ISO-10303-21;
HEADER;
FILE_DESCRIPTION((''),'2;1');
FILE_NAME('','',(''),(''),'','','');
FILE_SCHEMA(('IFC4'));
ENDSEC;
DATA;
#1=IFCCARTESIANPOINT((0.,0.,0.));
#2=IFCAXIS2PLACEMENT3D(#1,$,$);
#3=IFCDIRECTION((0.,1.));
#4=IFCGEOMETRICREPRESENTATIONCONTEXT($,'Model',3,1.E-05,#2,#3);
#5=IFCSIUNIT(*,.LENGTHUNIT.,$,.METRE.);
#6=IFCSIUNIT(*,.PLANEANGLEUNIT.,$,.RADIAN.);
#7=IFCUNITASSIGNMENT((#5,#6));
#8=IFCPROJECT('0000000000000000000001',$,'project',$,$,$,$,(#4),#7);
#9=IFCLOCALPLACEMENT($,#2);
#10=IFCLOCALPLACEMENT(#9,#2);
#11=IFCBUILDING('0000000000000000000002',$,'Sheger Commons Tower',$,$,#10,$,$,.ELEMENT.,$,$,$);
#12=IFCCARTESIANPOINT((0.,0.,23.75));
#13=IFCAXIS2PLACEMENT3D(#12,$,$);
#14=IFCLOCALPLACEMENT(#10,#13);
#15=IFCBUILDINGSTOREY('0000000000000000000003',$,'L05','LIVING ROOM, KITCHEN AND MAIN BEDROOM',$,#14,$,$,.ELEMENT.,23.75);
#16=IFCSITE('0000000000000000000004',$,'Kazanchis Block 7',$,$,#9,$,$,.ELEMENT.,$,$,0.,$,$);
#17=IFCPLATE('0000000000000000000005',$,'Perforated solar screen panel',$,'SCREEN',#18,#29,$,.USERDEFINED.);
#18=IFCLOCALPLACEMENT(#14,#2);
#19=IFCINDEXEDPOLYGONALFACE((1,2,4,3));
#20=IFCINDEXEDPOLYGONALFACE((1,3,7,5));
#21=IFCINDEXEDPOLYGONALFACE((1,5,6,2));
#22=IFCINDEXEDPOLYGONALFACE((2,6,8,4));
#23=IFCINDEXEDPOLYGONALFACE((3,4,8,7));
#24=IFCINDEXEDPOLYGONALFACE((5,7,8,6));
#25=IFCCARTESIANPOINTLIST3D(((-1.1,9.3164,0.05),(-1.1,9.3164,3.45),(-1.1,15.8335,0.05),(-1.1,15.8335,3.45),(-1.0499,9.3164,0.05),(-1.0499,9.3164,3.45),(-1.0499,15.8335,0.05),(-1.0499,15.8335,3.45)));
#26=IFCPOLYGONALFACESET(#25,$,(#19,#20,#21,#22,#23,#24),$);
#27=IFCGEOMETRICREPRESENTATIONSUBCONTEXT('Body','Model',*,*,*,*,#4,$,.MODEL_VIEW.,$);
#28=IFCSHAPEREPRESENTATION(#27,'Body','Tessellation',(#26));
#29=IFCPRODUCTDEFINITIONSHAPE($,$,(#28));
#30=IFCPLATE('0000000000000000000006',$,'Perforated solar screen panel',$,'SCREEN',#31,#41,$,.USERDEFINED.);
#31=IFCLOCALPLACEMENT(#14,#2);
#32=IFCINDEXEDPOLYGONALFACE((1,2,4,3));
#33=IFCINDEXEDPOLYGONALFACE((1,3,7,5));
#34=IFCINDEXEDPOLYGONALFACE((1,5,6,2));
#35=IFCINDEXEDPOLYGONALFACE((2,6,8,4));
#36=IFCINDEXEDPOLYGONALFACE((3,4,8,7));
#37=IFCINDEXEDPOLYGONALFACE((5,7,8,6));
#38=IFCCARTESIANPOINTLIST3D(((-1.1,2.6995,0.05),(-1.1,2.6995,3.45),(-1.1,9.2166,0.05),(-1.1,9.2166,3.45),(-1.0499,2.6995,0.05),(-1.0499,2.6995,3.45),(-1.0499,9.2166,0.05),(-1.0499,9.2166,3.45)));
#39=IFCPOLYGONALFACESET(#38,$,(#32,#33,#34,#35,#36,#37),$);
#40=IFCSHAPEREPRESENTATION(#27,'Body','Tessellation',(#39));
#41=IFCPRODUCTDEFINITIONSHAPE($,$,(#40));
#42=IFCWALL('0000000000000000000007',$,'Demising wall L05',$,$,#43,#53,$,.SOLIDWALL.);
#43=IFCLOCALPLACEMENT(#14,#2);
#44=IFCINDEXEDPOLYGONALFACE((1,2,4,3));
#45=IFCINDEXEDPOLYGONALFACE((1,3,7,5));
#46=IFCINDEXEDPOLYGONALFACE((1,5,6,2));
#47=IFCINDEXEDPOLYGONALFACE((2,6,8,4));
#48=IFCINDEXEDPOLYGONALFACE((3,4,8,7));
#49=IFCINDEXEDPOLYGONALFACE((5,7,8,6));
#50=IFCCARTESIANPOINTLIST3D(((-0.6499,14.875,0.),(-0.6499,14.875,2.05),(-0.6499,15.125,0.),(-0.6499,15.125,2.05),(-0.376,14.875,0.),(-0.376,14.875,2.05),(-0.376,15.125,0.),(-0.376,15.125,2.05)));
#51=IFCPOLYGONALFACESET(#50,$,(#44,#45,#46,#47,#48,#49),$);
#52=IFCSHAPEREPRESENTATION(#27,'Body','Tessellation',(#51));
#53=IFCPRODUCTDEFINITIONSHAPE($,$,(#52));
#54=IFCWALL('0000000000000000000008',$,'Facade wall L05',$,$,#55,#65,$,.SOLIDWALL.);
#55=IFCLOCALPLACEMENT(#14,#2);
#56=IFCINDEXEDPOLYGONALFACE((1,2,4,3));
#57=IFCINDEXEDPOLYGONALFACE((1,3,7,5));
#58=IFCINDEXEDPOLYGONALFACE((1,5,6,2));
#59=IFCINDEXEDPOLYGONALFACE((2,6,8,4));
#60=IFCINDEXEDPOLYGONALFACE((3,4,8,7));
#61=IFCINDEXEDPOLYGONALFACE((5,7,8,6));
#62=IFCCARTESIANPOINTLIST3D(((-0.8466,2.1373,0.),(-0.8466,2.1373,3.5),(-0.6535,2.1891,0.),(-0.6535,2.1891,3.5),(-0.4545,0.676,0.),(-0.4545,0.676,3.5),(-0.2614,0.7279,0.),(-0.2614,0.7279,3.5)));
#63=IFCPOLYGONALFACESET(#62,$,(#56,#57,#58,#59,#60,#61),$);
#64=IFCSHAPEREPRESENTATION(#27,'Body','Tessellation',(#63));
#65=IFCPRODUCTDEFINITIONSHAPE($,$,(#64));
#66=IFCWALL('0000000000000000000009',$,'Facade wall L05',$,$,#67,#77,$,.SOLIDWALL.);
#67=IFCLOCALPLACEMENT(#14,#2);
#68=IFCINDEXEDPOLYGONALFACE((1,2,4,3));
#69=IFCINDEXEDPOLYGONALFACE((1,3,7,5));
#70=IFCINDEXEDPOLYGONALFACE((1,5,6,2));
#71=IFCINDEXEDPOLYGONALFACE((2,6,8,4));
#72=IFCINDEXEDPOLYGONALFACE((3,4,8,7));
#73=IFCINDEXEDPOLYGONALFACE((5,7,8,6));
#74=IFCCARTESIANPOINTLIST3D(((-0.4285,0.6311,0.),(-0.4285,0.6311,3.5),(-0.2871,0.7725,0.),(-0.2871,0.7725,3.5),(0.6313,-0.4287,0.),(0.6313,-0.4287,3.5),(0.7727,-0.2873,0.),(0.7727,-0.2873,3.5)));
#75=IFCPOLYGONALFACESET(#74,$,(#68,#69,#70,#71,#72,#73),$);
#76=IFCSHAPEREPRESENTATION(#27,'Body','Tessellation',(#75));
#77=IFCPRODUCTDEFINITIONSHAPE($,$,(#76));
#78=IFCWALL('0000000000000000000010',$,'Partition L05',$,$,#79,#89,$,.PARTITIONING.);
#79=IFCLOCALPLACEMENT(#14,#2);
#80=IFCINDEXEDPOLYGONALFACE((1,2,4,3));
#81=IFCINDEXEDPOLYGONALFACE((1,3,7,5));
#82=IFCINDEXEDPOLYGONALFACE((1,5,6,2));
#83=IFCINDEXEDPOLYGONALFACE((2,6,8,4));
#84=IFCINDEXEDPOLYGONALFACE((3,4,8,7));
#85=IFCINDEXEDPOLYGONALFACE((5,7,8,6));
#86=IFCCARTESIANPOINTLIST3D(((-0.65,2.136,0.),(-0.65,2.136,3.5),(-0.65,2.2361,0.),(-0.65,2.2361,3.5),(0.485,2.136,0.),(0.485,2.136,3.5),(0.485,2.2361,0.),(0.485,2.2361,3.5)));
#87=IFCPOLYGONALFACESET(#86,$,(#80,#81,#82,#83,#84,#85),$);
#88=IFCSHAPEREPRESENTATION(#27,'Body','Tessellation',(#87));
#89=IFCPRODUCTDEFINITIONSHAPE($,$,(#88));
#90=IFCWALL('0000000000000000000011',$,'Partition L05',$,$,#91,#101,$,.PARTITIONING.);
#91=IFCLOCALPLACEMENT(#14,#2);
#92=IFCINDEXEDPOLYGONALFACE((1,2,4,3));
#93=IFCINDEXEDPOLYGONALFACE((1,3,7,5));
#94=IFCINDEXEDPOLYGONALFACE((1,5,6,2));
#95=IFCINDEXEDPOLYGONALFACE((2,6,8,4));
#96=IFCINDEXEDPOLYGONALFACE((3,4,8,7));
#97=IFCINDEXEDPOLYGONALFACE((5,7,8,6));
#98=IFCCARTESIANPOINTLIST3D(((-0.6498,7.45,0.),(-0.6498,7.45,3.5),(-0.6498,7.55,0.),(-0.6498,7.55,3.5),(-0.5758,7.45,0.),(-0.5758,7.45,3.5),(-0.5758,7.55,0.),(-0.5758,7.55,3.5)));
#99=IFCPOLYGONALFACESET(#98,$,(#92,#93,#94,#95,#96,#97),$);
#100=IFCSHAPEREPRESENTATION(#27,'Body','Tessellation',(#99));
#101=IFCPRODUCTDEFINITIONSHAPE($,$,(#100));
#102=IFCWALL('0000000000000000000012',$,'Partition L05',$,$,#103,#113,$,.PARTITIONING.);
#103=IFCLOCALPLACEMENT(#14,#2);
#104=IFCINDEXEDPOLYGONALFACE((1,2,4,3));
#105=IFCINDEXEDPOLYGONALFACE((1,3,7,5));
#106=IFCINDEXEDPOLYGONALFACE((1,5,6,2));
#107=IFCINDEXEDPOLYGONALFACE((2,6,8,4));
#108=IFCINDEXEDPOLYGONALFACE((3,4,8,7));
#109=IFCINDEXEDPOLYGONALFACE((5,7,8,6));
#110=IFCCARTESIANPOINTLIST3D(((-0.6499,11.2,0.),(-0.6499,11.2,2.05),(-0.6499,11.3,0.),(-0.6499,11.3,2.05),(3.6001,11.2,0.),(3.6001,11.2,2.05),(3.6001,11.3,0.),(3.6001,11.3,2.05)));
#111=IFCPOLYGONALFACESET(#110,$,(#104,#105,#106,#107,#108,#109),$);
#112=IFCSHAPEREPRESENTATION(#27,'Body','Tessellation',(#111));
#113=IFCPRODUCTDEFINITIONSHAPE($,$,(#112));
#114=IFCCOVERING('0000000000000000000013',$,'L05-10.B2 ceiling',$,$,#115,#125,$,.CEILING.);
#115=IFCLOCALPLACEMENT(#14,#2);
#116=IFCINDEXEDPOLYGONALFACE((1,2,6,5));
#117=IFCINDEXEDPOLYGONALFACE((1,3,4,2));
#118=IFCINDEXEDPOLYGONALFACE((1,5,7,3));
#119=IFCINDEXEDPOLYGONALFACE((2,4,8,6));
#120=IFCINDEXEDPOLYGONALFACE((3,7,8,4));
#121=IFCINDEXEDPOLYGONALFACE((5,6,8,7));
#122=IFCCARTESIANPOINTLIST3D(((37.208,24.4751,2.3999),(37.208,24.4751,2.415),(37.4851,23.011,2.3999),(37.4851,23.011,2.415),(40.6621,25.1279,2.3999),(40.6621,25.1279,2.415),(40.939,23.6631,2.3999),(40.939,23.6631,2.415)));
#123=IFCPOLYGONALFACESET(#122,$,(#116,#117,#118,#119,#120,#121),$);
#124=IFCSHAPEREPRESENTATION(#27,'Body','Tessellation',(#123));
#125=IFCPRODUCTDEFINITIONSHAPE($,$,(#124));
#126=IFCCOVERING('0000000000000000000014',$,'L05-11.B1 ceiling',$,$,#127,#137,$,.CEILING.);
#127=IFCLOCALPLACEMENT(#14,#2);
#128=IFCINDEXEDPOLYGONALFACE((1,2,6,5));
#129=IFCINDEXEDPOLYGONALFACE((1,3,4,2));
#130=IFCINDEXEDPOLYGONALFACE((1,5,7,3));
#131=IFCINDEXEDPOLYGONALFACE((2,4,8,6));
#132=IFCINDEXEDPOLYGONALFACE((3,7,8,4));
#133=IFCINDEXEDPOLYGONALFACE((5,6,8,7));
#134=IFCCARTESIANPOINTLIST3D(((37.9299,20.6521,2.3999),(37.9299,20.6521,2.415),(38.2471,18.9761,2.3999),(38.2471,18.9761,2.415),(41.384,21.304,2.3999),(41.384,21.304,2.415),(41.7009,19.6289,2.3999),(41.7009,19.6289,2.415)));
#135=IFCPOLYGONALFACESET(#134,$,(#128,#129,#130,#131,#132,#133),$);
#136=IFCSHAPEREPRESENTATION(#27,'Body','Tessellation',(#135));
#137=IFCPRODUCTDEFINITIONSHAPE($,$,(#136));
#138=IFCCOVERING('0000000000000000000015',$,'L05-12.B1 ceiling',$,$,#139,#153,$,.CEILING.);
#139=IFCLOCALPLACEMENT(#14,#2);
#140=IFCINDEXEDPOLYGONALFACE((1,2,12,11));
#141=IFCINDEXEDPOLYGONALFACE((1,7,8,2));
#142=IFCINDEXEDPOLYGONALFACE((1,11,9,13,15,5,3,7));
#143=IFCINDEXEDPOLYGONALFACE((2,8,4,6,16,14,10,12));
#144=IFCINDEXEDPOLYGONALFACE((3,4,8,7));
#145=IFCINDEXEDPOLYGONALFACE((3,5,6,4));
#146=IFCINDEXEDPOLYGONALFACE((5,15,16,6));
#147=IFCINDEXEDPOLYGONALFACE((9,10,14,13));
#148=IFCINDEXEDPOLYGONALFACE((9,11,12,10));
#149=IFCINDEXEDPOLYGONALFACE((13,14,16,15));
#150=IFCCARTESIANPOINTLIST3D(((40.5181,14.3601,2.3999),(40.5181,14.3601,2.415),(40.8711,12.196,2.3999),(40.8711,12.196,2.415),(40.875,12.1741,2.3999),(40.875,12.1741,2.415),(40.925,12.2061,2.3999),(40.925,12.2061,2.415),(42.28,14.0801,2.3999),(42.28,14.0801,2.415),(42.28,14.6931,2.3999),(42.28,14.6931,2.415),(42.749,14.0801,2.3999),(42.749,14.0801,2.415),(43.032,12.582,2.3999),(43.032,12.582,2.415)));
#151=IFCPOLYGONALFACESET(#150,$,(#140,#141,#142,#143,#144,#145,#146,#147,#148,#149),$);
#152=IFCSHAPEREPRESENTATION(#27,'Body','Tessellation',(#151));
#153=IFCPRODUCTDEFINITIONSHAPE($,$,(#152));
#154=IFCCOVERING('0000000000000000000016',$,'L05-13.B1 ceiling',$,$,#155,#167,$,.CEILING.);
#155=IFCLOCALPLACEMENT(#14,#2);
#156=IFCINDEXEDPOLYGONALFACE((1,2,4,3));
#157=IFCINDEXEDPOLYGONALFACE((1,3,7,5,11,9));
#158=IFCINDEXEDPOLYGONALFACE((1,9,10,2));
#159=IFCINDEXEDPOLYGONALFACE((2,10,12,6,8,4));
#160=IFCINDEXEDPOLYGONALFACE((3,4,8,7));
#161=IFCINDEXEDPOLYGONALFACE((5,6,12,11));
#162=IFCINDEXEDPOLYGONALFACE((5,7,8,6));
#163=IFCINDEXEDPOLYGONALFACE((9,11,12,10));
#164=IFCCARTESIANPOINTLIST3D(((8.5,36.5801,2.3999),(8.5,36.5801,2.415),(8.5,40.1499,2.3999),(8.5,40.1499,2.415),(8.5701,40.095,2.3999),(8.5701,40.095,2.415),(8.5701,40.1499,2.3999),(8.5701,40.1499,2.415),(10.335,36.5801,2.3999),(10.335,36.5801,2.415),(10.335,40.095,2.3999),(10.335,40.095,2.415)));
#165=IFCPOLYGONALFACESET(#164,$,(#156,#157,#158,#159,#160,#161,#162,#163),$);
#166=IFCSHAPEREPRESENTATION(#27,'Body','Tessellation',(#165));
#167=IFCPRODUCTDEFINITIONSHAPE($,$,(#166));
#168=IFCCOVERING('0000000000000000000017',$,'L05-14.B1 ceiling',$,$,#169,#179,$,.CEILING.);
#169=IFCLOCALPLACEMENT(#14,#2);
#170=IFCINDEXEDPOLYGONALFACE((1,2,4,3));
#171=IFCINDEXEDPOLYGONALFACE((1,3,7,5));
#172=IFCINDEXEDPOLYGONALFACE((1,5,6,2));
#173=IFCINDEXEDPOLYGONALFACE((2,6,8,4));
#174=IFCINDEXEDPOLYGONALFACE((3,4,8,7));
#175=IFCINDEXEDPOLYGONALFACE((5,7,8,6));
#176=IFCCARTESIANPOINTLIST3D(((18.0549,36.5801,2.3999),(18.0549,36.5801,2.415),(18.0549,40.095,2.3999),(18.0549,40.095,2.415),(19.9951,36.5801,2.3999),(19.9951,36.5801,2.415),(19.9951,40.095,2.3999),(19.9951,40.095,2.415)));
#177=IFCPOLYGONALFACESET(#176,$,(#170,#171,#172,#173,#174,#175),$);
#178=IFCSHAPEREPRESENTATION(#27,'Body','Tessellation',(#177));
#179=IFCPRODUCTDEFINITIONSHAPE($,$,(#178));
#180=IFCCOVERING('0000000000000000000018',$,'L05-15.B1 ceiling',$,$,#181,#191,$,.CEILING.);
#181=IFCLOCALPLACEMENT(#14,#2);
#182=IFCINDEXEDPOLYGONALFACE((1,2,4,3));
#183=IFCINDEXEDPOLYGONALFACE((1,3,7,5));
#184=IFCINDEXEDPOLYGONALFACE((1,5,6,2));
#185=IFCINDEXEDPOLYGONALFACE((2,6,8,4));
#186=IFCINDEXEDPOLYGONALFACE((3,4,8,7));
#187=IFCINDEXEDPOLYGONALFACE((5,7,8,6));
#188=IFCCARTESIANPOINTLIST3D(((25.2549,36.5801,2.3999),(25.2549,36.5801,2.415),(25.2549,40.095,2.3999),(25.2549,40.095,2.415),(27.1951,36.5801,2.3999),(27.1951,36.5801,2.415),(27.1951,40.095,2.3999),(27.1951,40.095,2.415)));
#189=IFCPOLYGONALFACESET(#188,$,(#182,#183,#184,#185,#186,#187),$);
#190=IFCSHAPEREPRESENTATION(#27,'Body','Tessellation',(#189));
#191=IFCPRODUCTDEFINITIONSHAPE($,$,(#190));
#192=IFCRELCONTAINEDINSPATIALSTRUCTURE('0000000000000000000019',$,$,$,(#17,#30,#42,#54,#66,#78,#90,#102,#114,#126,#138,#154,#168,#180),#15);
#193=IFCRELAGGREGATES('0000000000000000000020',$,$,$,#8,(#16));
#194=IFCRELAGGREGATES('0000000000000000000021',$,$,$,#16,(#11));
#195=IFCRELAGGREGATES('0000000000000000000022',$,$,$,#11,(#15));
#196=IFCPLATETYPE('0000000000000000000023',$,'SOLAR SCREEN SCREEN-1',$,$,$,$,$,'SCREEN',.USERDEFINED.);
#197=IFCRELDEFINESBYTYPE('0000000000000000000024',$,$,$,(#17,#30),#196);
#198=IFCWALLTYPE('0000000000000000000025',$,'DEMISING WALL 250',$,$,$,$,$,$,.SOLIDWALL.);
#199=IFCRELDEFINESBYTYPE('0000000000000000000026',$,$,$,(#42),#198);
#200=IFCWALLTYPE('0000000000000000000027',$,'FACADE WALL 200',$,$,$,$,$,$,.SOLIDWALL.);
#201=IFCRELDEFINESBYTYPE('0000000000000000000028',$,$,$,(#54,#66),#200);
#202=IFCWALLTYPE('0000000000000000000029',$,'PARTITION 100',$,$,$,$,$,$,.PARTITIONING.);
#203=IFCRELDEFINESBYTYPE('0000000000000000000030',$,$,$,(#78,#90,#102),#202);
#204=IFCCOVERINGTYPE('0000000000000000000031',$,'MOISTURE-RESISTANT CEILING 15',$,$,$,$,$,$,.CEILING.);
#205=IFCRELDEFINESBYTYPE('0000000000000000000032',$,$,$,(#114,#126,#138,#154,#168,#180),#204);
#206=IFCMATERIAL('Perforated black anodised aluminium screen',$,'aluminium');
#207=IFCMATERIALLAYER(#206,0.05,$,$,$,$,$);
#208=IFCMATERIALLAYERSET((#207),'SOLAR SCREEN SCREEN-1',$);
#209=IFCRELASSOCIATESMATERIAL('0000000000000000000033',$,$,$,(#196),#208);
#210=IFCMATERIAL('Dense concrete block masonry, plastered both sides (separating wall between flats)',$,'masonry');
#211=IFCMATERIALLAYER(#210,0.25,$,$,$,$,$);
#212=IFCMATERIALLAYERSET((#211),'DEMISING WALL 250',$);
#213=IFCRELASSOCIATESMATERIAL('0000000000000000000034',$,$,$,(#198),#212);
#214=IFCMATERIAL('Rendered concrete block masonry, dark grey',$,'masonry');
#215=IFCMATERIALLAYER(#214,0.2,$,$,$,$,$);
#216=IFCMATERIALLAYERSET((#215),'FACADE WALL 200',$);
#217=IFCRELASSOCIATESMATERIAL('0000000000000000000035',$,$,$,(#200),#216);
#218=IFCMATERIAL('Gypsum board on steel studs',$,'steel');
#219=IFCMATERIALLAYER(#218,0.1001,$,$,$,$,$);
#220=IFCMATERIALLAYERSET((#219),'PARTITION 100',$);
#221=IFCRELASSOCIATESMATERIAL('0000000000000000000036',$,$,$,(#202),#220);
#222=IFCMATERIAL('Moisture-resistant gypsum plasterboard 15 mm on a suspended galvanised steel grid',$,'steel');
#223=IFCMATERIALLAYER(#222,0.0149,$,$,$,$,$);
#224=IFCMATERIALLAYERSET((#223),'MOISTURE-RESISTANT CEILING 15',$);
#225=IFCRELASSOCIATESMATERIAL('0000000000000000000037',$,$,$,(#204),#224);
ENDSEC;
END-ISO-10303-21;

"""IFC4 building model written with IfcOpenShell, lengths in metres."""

from ifc_helpers import new_model, si_unit, direction, frame, frame_2d, origin, origin_2d, place, context, subcontext, project, spatial, polyline, rectangle, outline, extrude, material, layer, layer_set, type_object, element, save


model = new_model("IFC4")

# Units and contexts
model_context = context("Model", 3, precision=1e-05, world=origin(), true_north=direction((0.0, 1.0)))
body_context = subcontext(model_context, "Body", "Model", "MODEL_VIEW")
ifc_project = project(units=[si_unit("LENGTHUNIT", "METRE"), si_unit("PLANEANGLEUNIT", "RADIAN")], contexts=[model_context])

# Site, building, storey
site_placement = place(None, origin())
site = spatial("IfcSite", under=ifc_project, at=site_placement, Name="Kazanchis Block 7", CompositionType="ELEMENT", RefElevation=0.0)
building_placement = place(site_placement, origin())
building = spatial("IfcBuilding", under=site, at=building_placement, Name="Sheger Commons Tower", CompositionType="ELEMENT")
storey_placement = place(building_placement, frame((0.0, 0.0, 23.75)))
storey = spatial("IfcBuildingStorey", under=building, at=storey_placement, Name="L05", Description="LIVING ROOM, KITCHEN AND MAIN BEDROOM", CompositionType="ELEMENT", Elevation=23.75)

# Plates
ifc_material_1 = material(Name="Perforated black anodised aluminium screen", Category="aluminium")
ifc_layer_1 = layer(ifc_material_1, 0.05)
ifc_layer_set_1 = layer_set([ifc_layer_1], Name="SOLAR SCREEN SCREEN-1")
plate_type = type_object("IfcPlateType", Name="SOLAR SCREEN SCREEN-1", ElementType="SCREEN", PredefinedType="USERDEFINED", material=ifc_layer_set_1)
for number, where, z_axis, x_axis, name in (
    (1, (-1.075, 12.575, 0.05), (0.0, 0.0, 1.0), (0.0, -1.0, 0.0), "Perforated solar screen panel"),
    (2, (-1.075, 5.958, 0.05), (0.0, 0.0, 1.0), (0.0, -1.0, 0.0), "Perforated solar screen panel"),
):
    element("IfcPlate", number, at=place(storey_placement, frame(where, z_axis=z_axis, x_axis=x_axis)), inside=storey, type_object=plate_type, Name=name, ObjectType="SCREEN", PredefinedType="USERDEFINED", context=body_context, shape_type="SweptSolid", body=[
        extrude(rectangle(XDim=6.5171, YDim=0.05, at=origin_2d()), origin(), (0.0, 0.0, 1.0), 3.3999),
    ])

# Walls
ifc_material_2 = material(Name="Dense concrete block masonry, plastered both sides (separating wall between flats)", Category="masonry")
ifc_layer_2 = layer(ifc_material_2, 0.25)
ifc_layer_set_2 = layer_set([ifc_layer_2], Name="DEMISING WALL 250")
wall_type_1 = type_object("IfcWallType", Name="DEMISING WALL 250", PredefinedType="SOLIDWALL", material=ifc_layer_set_2)
wall_1_placement = place(storey_placement, frame((-0.6499, 15.0, 0.0), z_axis=(0.0, 0.0, 1.0), x_axis=(1.0, 0.0, 0.0)))
element("IfcWall", 3, at=wall_1_placement, inside=storey, type_object=wall_type_1, Name="Demising wall L05", PredefinedType="SOLIDWALL", context=body_context, shape_type="SweptSolid", body=[
    extrude(rectangle(XDim=0.2739, YDim=0.25, at=frame_2d((0.137, 0.0))), origin(), (0.0, 0.0, 1.0), 2.05),
])
ifc_material_3 = material(Name="Rendered concrete block masonry, dark grey", Category="masonry")
ifc_layer_3 = layer(ifc_material_3, 0.2)
ifc_layer_set_3 = layer_set([ifc_layer_3], Name="FACADE WALL 200")
wall_type_2 = type_object("IfcWallType", Name="FACADE WALL 200", PredefinedType="SOLIDWALL", material=ifc_layer_set_3)
wall_2_placement = place(storey_placement, frame((-0.75, 2.1631, 0.0), z_axis=(0.0, 0.0, 1.0), x_axis=(0.259169, -0.965832, 0.0)))
element("IfcWall", 4, at=wall_2_placement, inside=storey, type_object=wall_type_2, Name="Facade wall L05", PredefinedType="SOLIDWALL", context=body_context, shape_type="SweptSolid", body=[
    extrude(rectangle(XDim=1.5129, YDim=0.2, at=frame_2d((0.7563, 0.0))), origin(), (0.0, 0.0, 1.0), 3.5),
])
wall_3_placement = place(storey_placement, frame((-0.3579, 0.7019, 0.0), z_axis=(0.0, 0.0, 1.0), x_axis=(0.707107, -0.707107, 0.0)))
element("IfcWall", 5, at=wall_3_placement, inside=storey, type_object=wall_type_2, Name="Facade wall L05", PredefinedType="SOLIDWALL", context=body_context, shape_type="SweptSolid", body=[
    extrude(rectangle(XDim=1.4988, YDim=0.2, at=frame_2d((0.7495, 0.0))), origin(), (0.0, 0.0, 1.0), 3.5),
])
ifc_material_4 = material(Name="Gypsum board on steel studs", Category="steel")
ifc_layer_4 = layer(ifc_material_4, 0.1001)
ifc_layer_set_4 = layer_set([ifc_layer_4], Name="PARTITION 100")
wall_type_3 = type_object("IfcWallType", Name="PARTITION 100", PredefinedType="PARTITIONING", material=ifc_layer_set_4)
wall_4_placement = place(storey_placement, frame((-0.6499, 2.186, 0.0), z_axis=(0.0, 0.0, 1.0), x_axis=(1.0, 0.0, 0.0)))
element("IfcWall", 6, at=wall_4_placement, inside=storey, type_object=wall_type_3, Name="Partition L05", PredefinedType="PARTITIONING", context=body_context, shape_type="SweptSolid", body=[
    extrude(rectangle(XDim=1.135, YDim=0.1001, at=frame_2d((0.5674, 0.0))), origin(), (0.0, 0.0, 1.0), 3.5),
])
wall_5_placement = place(storey_placement, frame((-0.6499, 7.5, 0.0), z_axis=(0.0, 0.0, 1.0), x_axis=(1.0, 0.0, 0.0)))
element("IfcWall", 7, at=wall_5_placement, inside=storey, type_object=wall_type_3, Name="Partition L05", PredefinedType="PARTITIONING", context=body_context, shape_type="SweptSolid", body=[
    extrude(rectangle(XDim=0.074, YDim=0.1001, at=frame_2d((0.0371, 0.0))), origin(), (0.0, 0.0, 1.0), 3.5),
])
wall_6_placement = place(storey_placement, frame((-0.6499, 11.25, 0.0), z_axis=(0.0, 0.0, 1.0), x_axis=(1.0, 0.0, 0.0)))
element("IfcWall", 8, at=wall_6_placement, inside=storey, type_object=wall_type_3, Name="Partition L05", PredefinedType="PARTITIONING", context=body_context, shape_type="SweptSolid", body=[
    extrude(rectangle(XDim=4.25, YDim=0.1001, at=frame_2d((2.125, 0.0))), origin(), (0.0, 0.0, 1.0), 2.05),
])

# Coverings
ifc_material_5 = material(Name="Moisture-resistant gypsum plasterboard 15 mm on a suspended galvanised steel grid", Category="steel")
ifc_layer_5 = layer(ifc_material_5, 0.0149)
ifc_layer_set_5 = layer_set([ifc_layer_5], Name="MOISTURE-RESISTANT CEILING 15")
covering_type_1 = type_object("IfcCoveringType", Name="MOISTURE-RESISTANT CEILING 15", PredefinedType="CEILING", material=ifc_layer_set_5)
covering_1_placement = place(storey_placement, frame((0.0, 0.0, 2.3999)))
element("IfcCovering", 9, at=covering_1_placement, inside=storey, type_object=covering_type_1, Name="L05-10.B2 ceiling", PredefinedType="CEILING", context=body_context, shape_type="SweptSolid", body=[
    extrude(outline(polyline([(37.4851, 23.011), (40.939, 23.6631), (40.6621, 25.1279), (37.208, 24.4751), (37.4851, 23.011)])), origin(), (0.0, 0.0, 1.0), 0.0151),
])
covering_2_placement = place(storey_placement, frame((0.0, 0.0, 2.3999)))
element("IfcCovering", 10, at=covering_2_placement, inside=storey, type_object=covering_type_1, Name="L05-11.B1 ceiling", PredefinedType="CEILING", context=body_context, shape_type="SweptSolid", body=[
    extrude(outline(polyline([(38.2471, 18.9761), (41.7009, 19.6289), (41.384, 21.304), (37.9299, 20.6521), (38.2471, 18.9761)])), origin(), (0.0, 0.0, 1.0), 0.0151),
])
covering_3_placement = place(storey_placement, frame((0.0, 0.0, 2.3999)))
element("IfcCovering", 11, at=covering_3_placement, inside=storey, type_object=covering_type_1, Name="L05-12.B1 ceiling", PredefinedType="CEILING", context=body_context, shape_type="SweptSolid", body=[
    extrude(outline(polyline([(40.875, 12.1741), (43.032, 12.582), (42.749, 14.0801), (42.28, 14.0801), (42.28, 14.6931), (40.5181, 14.3601), (40.925, 12.2061), (40.8711, 12.196), (40.875, 12.1741)])), origin(), (0.0, 0.0, 1.0), 0.0151),
])
covering_4_placement = place(storey_placement, frame((0.0, 0.0, 2.3999)))
element("IfcCovering", 12, at=covering_4_placement, inside=storey, type_object=covering_type_1, Name="L05-13.B1 ceiling", PredefinedType="CEILING", context=body_context, shape_type="SweptSolid", body=[
    extrude(outline(polyline([(8.5, 36.5801), (10.335, 36.5801), (10.335, 40.095), (8.5701, 40.095), (8.5701, 40.1499), (8.5, 40.1499), (8.5, 36.5801)])), origin(), (0.0, 0.0, 1.0), 0.0151),
])
covering_5_placement = place(storey_placement, frame((0.0, 0.0, 2.3999)))
element("IfcCovering", 13, at=covering_5_placement, inside=storey, type_object=covering_type_1, Name="L05-14.B1 ceiling", PredefinedType="CEILING", context=body_context, shape_type="SweptSolid", body=[
    extrude(outline(polyline([(18.0549, 36.5801), (19.9951, 36.5801), (19.9951, 40.095), (18.0549, 40.095), (18.0549, 36.5801)])), origin(), (0.0, 0.0, 1.0), 0.0151),
])
covering_6_placement = place(storey_placement, frame((0.0, 0.0, 2.3999)))
element("IfcCovering", 14, at=covering_6_placement, inside=storey, type_object=covering_type_1, Name="L05-15.B1 ceiling", PredefinedType="CEILING", context=body_context, shape_type="SweptSolid", body=[
    extrude(outline(polyline([(25.2549, 36.5801), (27.1951, 36.5801), (27.1951, 40.095), (25.2549, 40.095), (25.2549, 36.5801)])), origin(), (0.0, 0.0, 1.0), 0.0151),
])

save(model, "model.ifc")
